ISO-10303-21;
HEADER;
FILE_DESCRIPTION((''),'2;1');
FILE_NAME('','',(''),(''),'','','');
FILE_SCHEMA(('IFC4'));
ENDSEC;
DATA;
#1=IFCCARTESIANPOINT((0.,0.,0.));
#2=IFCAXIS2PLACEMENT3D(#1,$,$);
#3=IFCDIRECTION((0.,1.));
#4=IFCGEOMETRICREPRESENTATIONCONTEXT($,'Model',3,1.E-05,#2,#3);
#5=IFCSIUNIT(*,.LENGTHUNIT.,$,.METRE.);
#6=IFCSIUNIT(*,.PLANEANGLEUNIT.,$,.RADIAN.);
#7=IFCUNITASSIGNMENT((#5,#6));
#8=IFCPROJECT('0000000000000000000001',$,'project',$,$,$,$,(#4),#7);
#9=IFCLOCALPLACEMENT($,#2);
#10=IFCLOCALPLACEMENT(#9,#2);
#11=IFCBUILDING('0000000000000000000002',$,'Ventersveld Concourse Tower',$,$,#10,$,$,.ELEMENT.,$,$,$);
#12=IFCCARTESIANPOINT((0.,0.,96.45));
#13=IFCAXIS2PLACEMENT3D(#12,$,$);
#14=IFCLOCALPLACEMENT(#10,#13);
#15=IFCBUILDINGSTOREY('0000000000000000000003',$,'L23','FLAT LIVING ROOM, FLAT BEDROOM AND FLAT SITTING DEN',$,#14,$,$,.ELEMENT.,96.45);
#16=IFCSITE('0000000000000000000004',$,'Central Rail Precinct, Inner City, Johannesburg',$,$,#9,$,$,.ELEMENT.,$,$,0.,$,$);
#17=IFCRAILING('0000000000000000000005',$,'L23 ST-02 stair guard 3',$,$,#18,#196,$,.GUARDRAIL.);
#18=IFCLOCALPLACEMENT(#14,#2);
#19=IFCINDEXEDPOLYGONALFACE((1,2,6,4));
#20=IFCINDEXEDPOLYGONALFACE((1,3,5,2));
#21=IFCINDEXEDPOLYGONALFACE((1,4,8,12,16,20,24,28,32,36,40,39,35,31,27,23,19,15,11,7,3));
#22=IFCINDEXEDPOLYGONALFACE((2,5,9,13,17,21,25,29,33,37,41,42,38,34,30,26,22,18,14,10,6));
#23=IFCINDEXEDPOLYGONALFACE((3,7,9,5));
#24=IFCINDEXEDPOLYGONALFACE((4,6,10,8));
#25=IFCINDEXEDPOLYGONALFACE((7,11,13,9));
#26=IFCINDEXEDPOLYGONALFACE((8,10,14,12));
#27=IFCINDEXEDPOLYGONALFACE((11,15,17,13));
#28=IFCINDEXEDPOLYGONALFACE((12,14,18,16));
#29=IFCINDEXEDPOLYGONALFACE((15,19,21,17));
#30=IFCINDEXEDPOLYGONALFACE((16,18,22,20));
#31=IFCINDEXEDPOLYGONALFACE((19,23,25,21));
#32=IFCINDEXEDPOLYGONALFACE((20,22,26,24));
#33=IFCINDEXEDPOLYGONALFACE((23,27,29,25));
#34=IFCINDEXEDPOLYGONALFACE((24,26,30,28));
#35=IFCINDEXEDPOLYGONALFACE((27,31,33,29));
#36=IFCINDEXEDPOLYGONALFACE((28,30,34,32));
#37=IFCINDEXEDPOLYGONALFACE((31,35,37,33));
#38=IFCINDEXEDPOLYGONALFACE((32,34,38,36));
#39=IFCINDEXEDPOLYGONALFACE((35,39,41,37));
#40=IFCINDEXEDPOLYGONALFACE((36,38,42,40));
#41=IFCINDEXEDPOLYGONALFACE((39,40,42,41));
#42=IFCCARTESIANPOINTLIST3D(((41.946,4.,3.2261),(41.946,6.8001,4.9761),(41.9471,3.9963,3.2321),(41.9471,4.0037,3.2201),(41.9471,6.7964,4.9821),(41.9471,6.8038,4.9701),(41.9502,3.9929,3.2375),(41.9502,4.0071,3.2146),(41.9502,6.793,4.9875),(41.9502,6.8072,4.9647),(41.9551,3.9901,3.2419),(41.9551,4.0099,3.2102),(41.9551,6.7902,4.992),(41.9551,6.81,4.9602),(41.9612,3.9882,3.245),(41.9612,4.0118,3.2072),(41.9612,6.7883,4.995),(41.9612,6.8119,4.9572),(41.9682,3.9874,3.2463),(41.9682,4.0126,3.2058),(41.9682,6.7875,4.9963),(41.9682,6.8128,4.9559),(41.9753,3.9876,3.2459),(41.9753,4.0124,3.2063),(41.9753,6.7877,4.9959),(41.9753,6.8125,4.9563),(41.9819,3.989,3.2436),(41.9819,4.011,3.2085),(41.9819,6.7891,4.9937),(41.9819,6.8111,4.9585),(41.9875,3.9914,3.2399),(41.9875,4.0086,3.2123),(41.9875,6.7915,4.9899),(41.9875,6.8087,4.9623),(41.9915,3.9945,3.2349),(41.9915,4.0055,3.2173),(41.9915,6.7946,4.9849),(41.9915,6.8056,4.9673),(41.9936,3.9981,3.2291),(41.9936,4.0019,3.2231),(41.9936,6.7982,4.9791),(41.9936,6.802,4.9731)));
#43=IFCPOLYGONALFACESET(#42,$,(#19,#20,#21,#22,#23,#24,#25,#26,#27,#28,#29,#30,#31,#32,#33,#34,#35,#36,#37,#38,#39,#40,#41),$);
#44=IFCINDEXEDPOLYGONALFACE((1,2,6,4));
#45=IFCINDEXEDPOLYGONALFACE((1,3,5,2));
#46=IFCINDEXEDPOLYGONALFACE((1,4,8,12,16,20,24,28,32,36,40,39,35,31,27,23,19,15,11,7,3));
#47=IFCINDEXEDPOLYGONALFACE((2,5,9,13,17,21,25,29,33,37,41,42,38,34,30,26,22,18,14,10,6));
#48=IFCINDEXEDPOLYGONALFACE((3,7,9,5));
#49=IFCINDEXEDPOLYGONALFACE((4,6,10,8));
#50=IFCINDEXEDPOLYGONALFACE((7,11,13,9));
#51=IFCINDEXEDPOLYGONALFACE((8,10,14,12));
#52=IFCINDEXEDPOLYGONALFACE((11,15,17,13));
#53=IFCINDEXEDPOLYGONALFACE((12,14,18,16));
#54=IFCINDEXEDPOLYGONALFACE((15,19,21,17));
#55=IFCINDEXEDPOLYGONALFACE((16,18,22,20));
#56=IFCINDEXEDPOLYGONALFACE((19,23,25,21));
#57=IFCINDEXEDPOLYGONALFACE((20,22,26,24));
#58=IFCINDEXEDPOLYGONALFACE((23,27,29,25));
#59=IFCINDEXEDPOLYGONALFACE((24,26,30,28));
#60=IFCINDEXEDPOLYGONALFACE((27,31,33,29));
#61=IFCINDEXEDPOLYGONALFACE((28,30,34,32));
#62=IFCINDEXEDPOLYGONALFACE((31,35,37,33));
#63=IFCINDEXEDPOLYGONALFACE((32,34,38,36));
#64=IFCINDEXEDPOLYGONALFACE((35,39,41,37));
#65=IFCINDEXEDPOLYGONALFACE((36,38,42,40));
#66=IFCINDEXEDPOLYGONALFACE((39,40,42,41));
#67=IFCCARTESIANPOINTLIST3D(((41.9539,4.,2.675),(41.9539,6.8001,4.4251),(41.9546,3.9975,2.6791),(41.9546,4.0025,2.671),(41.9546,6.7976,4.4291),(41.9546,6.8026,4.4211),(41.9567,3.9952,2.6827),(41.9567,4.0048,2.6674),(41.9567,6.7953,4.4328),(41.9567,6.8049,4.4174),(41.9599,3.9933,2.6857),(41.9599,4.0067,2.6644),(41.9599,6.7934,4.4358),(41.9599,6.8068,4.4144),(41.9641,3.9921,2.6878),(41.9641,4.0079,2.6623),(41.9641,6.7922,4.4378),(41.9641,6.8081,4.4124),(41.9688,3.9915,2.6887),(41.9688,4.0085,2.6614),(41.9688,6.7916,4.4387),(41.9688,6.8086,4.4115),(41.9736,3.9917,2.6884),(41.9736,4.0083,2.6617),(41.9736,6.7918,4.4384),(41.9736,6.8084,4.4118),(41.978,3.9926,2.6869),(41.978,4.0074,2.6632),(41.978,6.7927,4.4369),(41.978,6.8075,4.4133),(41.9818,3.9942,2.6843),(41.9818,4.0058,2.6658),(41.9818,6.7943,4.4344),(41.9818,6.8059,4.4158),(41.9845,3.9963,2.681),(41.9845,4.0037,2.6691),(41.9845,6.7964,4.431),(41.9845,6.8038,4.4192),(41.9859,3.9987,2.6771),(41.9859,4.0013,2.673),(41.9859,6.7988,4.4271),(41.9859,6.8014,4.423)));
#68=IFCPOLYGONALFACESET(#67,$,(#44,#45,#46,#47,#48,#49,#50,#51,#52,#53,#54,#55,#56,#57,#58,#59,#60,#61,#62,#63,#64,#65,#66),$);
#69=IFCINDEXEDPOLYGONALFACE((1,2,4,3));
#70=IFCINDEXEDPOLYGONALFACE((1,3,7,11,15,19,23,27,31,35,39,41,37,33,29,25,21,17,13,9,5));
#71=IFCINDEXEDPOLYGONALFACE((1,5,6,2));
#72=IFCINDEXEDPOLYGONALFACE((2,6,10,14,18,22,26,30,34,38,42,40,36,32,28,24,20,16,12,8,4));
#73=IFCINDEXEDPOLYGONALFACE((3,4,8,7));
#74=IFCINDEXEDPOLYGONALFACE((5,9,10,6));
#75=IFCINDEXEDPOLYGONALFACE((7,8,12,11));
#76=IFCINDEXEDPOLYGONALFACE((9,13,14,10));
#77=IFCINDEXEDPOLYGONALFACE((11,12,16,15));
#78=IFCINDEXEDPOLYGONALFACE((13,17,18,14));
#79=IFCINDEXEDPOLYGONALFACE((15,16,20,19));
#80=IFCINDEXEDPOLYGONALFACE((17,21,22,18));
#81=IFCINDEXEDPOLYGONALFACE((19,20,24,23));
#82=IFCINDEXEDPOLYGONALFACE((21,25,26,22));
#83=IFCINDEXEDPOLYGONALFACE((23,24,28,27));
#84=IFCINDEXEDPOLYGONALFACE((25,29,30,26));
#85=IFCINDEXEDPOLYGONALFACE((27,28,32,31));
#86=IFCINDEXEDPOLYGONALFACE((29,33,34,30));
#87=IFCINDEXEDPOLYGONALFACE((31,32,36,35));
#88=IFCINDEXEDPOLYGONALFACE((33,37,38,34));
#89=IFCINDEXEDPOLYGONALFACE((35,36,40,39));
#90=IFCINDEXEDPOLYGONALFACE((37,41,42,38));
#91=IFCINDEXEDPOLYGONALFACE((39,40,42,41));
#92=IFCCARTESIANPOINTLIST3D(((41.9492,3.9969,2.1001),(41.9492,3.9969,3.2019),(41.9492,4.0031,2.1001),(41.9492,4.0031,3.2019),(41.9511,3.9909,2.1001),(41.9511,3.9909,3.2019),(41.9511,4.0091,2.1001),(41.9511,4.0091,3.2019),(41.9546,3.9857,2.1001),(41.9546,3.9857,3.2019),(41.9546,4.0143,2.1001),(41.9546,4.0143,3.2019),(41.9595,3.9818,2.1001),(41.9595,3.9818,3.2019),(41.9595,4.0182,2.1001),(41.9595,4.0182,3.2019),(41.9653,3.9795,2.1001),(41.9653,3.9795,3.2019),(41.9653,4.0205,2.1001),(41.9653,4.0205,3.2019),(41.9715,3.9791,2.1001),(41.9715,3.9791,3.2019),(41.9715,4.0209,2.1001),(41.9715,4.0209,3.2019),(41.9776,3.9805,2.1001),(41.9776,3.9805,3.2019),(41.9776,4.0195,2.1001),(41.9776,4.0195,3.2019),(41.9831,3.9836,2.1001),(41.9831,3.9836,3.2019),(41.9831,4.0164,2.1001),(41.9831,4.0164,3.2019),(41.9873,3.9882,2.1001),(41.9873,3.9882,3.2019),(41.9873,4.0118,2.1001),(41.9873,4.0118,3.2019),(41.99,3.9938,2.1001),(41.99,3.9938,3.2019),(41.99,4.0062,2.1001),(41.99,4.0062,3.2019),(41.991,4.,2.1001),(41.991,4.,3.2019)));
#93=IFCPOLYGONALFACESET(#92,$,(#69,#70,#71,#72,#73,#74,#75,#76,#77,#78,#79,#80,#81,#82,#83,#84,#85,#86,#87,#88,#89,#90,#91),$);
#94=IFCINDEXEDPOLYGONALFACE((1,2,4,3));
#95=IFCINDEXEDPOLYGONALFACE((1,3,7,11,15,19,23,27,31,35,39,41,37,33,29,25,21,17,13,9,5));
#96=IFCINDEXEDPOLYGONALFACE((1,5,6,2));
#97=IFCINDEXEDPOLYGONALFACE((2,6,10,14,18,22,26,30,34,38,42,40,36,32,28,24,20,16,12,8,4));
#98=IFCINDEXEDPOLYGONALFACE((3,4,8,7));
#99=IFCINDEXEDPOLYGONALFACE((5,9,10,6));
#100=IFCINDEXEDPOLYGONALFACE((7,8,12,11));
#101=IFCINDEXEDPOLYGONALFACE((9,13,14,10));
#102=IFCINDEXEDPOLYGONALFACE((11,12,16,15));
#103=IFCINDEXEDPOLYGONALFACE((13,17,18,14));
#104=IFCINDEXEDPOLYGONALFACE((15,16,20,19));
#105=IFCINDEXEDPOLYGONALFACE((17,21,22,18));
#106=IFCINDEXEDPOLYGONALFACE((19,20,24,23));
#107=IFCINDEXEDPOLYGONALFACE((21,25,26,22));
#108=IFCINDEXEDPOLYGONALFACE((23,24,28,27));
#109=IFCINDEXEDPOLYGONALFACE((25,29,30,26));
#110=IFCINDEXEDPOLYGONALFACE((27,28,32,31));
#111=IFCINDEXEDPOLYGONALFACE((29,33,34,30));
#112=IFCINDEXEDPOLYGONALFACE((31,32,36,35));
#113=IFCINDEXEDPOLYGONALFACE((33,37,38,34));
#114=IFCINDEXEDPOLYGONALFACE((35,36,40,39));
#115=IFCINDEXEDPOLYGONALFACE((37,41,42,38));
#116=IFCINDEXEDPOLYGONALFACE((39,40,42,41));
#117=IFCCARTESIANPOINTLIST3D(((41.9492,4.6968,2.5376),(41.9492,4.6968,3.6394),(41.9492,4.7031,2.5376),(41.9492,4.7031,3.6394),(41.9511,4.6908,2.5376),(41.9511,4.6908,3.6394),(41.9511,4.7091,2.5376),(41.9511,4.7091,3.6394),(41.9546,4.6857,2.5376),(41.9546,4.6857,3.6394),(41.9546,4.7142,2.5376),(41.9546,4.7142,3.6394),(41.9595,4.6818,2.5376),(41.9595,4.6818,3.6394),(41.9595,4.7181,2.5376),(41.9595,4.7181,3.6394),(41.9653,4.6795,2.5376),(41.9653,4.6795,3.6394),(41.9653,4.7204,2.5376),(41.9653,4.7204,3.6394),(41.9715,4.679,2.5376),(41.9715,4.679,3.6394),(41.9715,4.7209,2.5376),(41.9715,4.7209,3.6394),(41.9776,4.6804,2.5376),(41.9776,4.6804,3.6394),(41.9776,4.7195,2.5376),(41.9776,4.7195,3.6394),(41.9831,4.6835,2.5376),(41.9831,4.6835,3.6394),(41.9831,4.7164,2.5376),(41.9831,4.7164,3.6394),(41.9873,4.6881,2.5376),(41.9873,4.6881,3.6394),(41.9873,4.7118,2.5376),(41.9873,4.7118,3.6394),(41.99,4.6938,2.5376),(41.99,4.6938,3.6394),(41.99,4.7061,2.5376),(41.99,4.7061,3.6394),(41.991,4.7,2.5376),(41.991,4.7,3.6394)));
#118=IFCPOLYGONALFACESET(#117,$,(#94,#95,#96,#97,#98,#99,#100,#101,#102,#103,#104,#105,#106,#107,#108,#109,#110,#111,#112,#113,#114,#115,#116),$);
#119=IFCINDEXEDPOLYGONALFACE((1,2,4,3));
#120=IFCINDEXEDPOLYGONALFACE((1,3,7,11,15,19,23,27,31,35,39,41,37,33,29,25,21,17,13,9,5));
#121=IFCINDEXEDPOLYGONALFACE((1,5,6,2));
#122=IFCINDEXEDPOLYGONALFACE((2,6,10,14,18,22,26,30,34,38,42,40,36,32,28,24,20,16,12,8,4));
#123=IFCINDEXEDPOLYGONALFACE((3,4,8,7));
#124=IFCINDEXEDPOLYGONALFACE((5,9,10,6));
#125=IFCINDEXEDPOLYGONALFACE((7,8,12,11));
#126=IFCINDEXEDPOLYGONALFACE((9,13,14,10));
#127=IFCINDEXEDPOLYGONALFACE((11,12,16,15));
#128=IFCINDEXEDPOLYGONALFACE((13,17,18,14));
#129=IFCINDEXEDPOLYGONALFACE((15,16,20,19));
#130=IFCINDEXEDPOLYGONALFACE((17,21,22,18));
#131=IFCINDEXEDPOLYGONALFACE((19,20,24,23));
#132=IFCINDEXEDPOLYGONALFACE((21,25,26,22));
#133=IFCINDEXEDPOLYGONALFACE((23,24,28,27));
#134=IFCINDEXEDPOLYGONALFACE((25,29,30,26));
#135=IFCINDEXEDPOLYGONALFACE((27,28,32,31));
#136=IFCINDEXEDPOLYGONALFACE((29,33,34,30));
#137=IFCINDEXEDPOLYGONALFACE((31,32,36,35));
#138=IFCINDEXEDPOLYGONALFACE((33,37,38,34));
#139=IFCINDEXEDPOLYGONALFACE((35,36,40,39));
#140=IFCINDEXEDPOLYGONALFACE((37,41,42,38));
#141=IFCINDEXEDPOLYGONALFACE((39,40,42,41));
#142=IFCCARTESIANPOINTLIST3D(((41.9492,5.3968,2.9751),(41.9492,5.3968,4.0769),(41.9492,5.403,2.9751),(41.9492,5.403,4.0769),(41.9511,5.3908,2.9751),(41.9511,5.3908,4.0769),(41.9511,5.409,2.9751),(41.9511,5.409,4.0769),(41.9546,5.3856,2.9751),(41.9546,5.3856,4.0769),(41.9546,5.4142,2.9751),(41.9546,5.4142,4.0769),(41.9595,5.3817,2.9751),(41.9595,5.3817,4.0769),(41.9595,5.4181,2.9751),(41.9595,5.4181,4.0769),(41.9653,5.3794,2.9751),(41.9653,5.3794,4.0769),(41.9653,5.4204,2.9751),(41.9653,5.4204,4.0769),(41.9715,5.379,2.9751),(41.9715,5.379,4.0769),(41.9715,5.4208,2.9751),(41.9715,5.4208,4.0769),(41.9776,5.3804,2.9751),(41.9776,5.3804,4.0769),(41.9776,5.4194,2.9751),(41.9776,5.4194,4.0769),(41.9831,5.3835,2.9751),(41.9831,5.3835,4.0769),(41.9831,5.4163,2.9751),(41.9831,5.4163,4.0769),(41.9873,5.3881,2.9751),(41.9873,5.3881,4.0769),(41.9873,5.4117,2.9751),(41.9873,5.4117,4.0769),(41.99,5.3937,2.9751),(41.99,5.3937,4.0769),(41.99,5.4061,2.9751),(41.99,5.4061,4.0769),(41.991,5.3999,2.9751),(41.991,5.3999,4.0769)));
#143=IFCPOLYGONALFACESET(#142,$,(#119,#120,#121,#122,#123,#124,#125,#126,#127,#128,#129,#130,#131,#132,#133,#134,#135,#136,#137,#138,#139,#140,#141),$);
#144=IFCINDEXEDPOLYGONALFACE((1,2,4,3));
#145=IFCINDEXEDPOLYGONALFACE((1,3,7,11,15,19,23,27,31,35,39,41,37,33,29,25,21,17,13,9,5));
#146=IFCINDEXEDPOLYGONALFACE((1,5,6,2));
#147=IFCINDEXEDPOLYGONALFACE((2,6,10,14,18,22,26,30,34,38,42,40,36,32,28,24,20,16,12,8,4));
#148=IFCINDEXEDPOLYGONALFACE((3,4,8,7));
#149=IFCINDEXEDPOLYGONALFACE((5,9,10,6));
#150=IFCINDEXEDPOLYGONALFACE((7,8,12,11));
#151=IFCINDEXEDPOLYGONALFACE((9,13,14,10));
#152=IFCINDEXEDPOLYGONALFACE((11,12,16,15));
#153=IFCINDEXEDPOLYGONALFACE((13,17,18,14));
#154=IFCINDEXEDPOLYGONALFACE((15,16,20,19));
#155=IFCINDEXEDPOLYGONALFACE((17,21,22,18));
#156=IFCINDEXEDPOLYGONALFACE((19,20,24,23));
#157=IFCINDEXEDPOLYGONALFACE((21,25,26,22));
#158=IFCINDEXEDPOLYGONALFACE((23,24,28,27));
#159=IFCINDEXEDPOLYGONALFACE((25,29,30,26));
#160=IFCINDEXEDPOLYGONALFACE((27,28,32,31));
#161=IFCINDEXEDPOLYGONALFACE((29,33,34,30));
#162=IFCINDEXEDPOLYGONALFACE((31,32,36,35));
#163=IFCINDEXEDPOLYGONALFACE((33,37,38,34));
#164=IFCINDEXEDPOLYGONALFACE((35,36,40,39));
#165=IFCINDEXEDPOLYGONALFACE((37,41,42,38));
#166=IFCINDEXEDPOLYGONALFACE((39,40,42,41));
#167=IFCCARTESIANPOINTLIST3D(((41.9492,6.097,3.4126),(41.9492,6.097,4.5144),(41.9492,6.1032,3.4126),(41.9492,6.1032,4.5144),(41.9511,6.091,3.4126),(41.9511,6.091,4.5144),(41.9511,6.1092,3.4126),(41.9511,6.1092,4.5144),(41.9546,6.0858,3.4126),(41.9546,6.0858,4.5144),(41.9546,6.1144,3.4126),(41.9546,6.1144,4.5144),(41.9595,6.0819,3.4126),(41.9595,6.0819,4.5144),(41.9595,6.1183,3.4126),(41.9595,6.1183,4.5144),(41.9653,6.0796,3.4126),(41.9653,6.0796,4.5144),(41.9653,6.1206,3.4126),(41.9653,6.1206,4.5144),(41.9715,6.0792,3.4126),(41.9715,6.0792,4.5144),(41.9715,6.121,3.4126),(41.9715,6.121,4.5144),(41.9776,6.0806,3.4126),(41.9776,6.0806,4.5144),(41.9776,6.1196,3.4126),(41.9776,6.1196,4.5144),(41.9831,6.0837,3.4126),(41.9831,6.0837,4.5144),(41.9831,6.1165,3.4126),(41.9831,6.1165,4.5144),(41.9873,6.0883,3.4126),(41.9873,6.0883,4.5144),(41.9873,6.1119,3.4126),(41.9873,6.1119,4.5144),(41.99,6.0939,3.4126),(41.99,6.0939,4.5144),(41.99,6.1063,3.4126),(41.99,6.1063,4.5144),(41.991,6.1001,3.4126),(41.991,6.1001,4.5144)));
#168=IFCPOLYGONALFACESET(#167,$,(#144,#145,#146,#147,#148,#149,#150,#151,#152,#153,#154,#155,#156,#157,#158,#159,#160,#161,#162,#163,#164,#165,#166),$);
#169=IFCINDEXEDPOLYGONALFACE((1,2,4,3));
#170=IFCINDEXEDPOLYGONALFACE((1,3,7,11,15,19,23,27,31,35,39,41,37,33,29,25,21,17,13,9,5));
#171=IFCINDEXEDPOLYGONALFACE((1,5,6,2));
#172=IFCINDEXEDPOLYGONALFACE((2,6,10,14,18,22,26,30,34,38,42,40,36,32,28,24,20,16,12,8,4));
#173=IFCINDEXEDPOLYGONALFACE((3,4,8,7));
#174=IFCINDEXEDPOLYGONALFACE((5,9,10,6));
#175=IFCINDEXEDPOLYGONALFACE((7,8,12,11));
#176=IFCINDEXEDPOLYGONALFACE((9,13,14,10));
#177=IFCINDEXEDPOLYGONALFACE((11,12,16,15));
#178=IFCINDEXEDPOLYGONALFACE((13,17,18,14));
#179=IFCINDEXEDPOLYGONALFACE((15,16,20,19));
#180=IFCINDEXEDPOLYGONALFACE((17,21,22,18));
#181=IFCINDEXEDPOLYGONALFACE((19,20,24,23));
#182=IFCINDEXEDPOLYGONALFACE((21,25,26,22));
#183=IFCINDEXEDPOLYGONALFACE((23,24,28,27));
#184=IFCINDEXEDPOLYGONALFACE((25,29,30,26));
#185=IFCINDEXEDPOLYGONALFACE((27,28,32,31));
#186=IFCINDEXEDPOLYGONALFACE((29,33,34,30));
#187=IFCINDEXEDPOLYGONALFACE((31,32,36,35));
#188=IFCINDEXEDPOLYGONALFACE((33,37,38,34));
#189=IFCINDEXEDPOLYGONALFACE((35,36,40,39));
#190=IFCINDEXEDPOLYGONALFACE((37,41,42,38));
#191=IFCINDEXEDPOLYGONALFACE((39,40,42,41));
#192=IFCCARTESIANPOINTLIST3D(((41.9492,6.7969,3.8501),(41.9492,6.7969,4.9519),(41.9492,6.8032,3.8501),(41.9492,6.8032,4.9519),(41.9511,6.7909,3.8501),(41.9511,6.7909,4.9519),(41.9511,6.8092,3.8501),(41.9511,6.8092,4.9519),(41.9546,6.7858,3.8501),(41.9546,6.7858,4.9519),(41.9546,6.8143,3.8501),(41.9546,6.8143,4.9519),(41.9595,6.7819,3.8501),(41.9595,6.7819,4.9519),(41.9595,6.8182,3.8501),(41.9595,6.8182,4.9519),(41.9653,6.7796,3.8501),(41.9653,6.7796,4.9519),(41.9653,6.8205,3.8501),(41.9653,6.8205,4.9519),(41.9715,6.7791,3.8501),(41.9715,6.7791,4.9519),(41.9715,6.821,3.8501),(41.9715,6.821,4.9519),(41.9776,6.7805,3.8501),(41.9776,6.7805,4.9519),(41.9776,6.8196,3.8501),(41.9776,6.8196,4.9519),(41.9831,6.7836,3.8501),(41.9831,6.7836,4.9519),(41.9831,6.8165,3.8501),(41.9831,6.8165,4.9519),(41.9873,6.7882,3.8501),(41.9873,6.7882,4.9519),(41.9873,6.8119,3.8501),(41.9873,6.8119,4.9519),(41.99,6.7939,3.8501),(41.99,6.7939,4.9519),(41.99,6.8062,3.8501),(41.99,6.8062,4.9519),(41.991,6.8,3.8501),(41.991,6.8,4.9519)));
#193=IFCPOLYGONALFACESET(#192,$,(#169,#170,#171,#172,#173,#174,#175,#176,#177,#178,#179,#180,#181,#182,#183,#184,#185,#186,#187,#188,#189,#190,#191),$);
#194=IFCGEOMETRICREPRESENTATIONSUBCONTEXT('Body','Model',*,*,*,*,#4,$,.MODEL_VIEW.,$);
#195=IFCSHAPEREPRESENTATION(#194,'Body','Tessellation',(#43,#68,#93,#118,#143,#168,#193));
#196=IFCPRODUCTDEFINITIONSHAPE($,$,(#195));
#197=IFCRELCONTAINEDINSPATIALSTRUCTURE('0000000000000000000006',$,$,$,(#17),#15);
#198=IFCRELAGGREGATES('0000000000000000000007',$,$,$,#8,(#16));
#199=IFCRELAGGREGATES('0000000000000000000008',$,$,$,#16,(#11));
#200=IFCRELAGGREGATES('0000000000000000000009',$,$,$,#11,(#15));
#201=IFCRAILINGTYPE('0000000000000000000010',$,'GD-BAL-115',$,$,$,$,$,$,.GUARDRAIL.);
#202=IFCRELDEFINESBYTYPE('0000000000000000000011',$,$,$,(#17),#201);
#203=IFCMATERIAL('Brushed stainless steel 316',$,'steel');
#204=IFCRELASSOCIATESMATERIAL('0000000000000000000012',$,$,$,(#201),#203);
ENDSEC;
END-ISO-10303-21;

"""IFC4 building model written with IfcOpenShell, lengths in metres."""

from ifc_helpers import new_model, si_unit, direction, frame, origin, origin_2d, place, context, subcontext, project, spatial, circle, extrude, material, type_object, element, save


model = new_model("IFC4")

# Units and contexts
model_context = context("Model", 3, precision=1e-05, world=origin(), true_north=direction((0.0, 1.0)))
body_context = subcontext(model_context, "Body", "Model", "MODEL_VIEW")
ifc_project = project(units=[si_unit("LENGTHUNIT", "METRE"), si_unit("PLANEANGLEUNIT", "RADIAN")], contexts=[model_context])

# Site, building, storey
site_placement = place(None, origin())
site = spatial("IfcSite", under=ifc_project, at=site_placement, Name="Central Rail Precinct, Inner City, Johannesburg", CompositionType="ELEMENT", RefElevation=0.0)
building_placement = place(site_placement, origin())
building = spatial("IfcBuilding", under=site, at=building_placement, Name="Ventersveld Concourse Tower", CompositionType="ELEMENT")
storey_placement = place(building_placement, frame((0.0, 0.0, 96.45)))
storey = spatial("IfcBuildingStorey", under=building, at=storey_placement, Name="L23", Description="FLAT LIVING ROOM, FLAT BEDROOM AND FLAT SITTING DEN", CompositionType="ELEMENT", Elevation=96.45)

# Railing
ifc_material_1 = material(Name="Brushed stainless steel 316", Category="steel")
railing_type_1 = type_object("IfcRailingType", Name="GD-BAL-115", PredefinedType="GUARDRAIL", material=ifc_material_1)
railing_1_placement = place(storey_placement, frame((41.97, 4.0, 2.1001)))
element("IfcRailing", 1, at=railing_1_placement, inside=storey, type_object=railing_type_1, Name="L23 ST-02 stair guard 3", PredefinedType="GUARDRAIL", context=body_context, shape_type="SweptSolid", body=[
    extrude(circle(Radius=0.0239, at=origin_2d()), frame((0.0, 0.0, 1.126), z_axis=(0.0, 0.848002, 0.529992), x_axis=(-1.0, 0.0, 0.0)), (0.0, 0.0, 1.0), 3.302),
    extrude(circle(Radius=0.0161, at=origin_2d()), frame((0.0, 0.0, 0.575), z_axis=(0.0, 0.848002, 0.529992), x_axis=(-1.0, 0.0, 0.0)), (0.0, 0.0, 1.0), 3.302),
    extrude(circle(Radius=0.021, at=origin_2d()), origin(), (0.0, 0.0, 1.0), 1.1018),
    extrude(circle(Radius=0.021, at=origin_2d()), frame((0.0, 0.7, 0.4375)), (0.0, 0.0, 1.0), 1.1018),
    extrude(circle(Radius=0.021, at=origin_2d()), frame((0.0, 1.3999, 0.875)), (0.0, 0.0, 1.0), 1.1018),
    extrude(circle(Radius=0.021, at=origin_2d()), frame((0.0, 2.1001, 1.3125)), (0.0, 0.0, 1.0), 1.1018),
    extrude(circle(Radius=0.021, at=origin_2d()), frame((0.0, 2.8, 1.75)), (0.0, 0.0, 1.0), 1.1018),
])

save(model, "model.ifc")
